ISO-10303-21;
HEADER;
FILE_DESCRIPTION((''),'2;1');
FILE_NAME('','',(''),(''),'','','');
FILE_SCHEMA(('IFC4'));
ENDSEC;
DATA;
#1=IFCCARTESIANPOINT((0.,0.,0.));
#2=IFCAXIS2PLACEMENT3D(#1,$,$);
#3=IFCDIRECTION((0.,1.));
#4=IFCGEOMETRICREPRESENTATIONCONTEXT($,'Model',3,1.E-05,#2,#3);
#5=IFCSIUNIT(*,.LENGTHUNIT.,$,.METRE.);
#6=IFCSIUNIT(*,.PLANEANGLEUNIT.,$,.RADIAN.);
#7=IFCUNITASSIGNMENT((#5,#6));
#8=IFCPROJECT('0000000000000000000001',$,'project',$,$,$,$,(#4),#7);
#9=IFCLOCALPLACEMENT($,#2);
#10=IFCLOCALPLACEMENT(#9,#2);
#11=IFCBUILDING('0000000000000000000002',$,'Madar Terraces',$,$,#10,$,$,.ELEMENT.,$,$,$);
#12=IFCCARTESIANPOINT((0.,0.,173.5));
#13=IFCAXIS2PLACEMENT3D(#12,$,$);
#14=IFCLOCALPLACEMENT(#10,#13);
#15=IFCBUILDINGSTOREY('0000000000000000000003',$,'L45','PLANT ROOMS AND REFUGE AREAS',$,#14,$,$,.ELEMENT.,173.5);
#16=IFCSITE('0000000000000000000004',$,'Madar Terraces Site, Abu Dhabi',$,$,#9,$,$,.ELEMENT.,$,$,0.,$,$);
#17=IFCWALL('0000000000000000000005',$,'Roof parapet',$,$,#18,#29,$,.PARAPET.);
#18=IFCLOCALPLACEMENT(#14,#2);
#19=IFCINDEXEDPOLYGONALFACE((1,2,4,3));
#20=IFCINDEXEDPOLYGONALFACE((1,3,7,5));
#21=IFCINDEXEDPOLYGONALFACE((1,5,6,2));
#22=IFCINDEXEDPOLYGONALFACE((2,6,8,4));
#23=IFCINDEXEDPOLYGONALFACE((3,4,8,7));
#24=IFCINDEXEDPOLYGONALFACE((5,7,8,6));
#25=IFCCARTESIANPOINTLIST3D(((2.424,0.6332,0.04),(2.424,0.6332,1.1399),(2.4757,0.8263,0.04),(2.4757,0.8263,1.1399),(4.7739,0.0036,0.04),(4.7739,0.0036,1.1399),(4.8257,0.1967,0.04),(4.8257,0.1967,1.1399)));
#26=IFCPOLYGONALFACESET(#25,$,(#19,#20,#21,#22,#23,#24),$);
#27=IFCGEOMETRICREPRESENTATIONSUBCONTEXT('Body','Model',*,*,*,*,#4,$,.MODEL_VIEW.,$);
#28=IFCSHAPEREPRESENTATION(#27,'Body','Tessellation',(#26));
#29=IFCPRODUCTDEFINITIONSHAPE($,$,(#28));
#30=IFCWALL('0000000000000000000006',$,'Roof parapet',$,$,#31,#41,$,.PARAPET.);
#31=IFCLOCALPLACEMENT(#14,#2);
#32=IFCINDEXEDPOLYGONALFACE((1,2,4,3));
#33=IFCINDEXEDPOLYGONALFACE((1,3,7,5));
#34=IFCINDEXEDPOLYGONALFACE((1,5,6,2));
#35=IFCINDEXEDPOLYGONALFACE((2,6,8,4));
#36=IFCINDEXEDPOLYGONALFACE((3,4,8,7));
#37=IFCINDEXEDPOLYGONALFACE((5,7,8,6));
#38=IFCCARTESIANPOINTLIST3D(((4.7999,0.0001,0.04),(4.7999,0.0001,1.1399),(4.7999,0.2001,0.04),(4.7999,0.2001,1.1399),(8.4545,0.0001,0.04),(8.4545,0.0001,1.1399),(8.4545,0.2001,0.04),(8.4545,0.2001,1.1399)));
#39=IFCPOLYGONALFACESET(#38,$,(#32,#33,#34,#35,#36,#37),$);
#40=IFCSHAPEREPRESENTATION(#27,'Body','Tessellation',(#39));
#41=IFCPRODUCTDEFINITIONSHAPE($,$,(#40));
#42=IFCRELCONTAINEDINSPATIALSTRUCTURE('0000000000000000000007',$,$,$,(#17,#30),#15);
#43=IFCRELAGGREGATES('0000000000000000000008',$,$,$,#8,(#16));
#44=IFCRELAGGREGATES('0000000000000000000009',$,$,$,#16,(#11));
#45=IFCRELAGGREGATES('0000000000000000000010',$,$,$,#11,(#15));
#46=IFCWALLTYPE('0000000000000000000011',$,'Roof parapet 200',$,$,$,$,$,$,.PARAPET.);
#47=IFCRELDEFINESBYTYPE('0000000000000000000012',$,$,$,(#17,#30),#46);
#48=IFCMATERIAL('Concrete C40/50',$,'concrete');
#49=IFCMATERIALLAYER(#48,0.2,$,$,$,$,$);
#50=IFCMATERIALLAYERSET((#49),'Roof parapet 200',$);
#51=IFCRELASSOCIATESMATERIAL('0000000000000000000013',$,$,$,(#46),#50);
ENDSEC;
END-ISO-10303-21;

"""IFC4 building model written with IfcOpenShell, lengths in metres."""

from ifc_helpers import new_model, si_unit, direction, frame, frame_2d, origin, place, context, subcontext, project, spatial, rectangle, extrude, material, layer, layer_set, type_object, element, save


model = new_model("IFC4")

# Units and contexts
model_context = context("Model", 3, precision=1e-05, world=origin(), true_north=direction((0.0, 1.0)))
body_context = subcontext(model_context, "Body", "Model", "MODEL_VIEW")
ifc_project = project(units=[si_unit("LENGTHUNIT", "METRE"), si_unit("PLANEANGLEUNIT", "RADIAN")], contexts=[model_context])

# Site, building, storey
site_placement = place(None, origin())
site = spatial("IfcSite", under=ifc_project, at=site_placement, Name="Madar Terraces Site, Abu Dhabi", CompositionType="ELEMENT", RefElevation=0.0)
building_placement = place(site_placement, origin())
building = spatial("IfcBuilding", under=site, at=building_placement, Name="Madar Terraces", CompositionType="ELEMENT")
storey_placement = place(building_placement, frame((0.0, 0.0, 173.5)))
storey = spatial("IfcBuildingStorey", under=building, at=storey_placement, Name="L45", Description="PLANT ROOMS AND REFUGE AREAS", CompositionType="ELEMENT", Elevation=173.5)

# Walls
ifc_material_1 = material(Name="Concrete C40/50", Category="concrete")
ifc_layer_1 = layer(ifc_material_1, 0.2)
ifc_layer_set_1 = layer_set([ifc_layer_1], Name="Roof parapet 200")
wall_type = type_object("IfcWallType", Name="Roof parapet 200", PredefinedType="PARAPET", material=ifc_layer_set_1)
for number, where, z_axis, x_axis, name in (
    (1, (2.45, 0.7297, 0.04), (0.0, 0.0, 1.0), (0.965933, -0.258793, 0.0), "Roof parapet"),
):
    element("IfcWall", number, at=place(storey_placement, frame(where, z_axis=z_axis, x_axis=x_axis)), inside=storey, type_object=wall_type, Name=name, PredefinedType="PARAPET", context=body_context, shape_type="SweptSolid", body=[
        extrude(rectangle(XDim=2.4329, YDim=0.2, at=frame_2d((1.2163, 0.0))), origin(), (0.0, 0.0, 1.0), 1.0999),
    ])
wall_placement = place(storey_placement, frame((4.8, 0.1001, 0.04), z_axis=(0.0, 0.0, 1.0), x_axis=(1.0, 0.0, 0.0)))
element("IfcWall", 2, at=wall_placement, inside=storey, type_object=wall_type, Name="Roof parapet", PredefinedType="PARAPET", context=body_context, shape_type="SweptSolid", body=[
    extrude(rectangle(XDim=3.6545, YDim=0.2, at=frame_2d((1.8271, 0.0))), origin(), (0.0, 0.0, 1.0), 1.0999),
])

save(model, "model.ifc")
